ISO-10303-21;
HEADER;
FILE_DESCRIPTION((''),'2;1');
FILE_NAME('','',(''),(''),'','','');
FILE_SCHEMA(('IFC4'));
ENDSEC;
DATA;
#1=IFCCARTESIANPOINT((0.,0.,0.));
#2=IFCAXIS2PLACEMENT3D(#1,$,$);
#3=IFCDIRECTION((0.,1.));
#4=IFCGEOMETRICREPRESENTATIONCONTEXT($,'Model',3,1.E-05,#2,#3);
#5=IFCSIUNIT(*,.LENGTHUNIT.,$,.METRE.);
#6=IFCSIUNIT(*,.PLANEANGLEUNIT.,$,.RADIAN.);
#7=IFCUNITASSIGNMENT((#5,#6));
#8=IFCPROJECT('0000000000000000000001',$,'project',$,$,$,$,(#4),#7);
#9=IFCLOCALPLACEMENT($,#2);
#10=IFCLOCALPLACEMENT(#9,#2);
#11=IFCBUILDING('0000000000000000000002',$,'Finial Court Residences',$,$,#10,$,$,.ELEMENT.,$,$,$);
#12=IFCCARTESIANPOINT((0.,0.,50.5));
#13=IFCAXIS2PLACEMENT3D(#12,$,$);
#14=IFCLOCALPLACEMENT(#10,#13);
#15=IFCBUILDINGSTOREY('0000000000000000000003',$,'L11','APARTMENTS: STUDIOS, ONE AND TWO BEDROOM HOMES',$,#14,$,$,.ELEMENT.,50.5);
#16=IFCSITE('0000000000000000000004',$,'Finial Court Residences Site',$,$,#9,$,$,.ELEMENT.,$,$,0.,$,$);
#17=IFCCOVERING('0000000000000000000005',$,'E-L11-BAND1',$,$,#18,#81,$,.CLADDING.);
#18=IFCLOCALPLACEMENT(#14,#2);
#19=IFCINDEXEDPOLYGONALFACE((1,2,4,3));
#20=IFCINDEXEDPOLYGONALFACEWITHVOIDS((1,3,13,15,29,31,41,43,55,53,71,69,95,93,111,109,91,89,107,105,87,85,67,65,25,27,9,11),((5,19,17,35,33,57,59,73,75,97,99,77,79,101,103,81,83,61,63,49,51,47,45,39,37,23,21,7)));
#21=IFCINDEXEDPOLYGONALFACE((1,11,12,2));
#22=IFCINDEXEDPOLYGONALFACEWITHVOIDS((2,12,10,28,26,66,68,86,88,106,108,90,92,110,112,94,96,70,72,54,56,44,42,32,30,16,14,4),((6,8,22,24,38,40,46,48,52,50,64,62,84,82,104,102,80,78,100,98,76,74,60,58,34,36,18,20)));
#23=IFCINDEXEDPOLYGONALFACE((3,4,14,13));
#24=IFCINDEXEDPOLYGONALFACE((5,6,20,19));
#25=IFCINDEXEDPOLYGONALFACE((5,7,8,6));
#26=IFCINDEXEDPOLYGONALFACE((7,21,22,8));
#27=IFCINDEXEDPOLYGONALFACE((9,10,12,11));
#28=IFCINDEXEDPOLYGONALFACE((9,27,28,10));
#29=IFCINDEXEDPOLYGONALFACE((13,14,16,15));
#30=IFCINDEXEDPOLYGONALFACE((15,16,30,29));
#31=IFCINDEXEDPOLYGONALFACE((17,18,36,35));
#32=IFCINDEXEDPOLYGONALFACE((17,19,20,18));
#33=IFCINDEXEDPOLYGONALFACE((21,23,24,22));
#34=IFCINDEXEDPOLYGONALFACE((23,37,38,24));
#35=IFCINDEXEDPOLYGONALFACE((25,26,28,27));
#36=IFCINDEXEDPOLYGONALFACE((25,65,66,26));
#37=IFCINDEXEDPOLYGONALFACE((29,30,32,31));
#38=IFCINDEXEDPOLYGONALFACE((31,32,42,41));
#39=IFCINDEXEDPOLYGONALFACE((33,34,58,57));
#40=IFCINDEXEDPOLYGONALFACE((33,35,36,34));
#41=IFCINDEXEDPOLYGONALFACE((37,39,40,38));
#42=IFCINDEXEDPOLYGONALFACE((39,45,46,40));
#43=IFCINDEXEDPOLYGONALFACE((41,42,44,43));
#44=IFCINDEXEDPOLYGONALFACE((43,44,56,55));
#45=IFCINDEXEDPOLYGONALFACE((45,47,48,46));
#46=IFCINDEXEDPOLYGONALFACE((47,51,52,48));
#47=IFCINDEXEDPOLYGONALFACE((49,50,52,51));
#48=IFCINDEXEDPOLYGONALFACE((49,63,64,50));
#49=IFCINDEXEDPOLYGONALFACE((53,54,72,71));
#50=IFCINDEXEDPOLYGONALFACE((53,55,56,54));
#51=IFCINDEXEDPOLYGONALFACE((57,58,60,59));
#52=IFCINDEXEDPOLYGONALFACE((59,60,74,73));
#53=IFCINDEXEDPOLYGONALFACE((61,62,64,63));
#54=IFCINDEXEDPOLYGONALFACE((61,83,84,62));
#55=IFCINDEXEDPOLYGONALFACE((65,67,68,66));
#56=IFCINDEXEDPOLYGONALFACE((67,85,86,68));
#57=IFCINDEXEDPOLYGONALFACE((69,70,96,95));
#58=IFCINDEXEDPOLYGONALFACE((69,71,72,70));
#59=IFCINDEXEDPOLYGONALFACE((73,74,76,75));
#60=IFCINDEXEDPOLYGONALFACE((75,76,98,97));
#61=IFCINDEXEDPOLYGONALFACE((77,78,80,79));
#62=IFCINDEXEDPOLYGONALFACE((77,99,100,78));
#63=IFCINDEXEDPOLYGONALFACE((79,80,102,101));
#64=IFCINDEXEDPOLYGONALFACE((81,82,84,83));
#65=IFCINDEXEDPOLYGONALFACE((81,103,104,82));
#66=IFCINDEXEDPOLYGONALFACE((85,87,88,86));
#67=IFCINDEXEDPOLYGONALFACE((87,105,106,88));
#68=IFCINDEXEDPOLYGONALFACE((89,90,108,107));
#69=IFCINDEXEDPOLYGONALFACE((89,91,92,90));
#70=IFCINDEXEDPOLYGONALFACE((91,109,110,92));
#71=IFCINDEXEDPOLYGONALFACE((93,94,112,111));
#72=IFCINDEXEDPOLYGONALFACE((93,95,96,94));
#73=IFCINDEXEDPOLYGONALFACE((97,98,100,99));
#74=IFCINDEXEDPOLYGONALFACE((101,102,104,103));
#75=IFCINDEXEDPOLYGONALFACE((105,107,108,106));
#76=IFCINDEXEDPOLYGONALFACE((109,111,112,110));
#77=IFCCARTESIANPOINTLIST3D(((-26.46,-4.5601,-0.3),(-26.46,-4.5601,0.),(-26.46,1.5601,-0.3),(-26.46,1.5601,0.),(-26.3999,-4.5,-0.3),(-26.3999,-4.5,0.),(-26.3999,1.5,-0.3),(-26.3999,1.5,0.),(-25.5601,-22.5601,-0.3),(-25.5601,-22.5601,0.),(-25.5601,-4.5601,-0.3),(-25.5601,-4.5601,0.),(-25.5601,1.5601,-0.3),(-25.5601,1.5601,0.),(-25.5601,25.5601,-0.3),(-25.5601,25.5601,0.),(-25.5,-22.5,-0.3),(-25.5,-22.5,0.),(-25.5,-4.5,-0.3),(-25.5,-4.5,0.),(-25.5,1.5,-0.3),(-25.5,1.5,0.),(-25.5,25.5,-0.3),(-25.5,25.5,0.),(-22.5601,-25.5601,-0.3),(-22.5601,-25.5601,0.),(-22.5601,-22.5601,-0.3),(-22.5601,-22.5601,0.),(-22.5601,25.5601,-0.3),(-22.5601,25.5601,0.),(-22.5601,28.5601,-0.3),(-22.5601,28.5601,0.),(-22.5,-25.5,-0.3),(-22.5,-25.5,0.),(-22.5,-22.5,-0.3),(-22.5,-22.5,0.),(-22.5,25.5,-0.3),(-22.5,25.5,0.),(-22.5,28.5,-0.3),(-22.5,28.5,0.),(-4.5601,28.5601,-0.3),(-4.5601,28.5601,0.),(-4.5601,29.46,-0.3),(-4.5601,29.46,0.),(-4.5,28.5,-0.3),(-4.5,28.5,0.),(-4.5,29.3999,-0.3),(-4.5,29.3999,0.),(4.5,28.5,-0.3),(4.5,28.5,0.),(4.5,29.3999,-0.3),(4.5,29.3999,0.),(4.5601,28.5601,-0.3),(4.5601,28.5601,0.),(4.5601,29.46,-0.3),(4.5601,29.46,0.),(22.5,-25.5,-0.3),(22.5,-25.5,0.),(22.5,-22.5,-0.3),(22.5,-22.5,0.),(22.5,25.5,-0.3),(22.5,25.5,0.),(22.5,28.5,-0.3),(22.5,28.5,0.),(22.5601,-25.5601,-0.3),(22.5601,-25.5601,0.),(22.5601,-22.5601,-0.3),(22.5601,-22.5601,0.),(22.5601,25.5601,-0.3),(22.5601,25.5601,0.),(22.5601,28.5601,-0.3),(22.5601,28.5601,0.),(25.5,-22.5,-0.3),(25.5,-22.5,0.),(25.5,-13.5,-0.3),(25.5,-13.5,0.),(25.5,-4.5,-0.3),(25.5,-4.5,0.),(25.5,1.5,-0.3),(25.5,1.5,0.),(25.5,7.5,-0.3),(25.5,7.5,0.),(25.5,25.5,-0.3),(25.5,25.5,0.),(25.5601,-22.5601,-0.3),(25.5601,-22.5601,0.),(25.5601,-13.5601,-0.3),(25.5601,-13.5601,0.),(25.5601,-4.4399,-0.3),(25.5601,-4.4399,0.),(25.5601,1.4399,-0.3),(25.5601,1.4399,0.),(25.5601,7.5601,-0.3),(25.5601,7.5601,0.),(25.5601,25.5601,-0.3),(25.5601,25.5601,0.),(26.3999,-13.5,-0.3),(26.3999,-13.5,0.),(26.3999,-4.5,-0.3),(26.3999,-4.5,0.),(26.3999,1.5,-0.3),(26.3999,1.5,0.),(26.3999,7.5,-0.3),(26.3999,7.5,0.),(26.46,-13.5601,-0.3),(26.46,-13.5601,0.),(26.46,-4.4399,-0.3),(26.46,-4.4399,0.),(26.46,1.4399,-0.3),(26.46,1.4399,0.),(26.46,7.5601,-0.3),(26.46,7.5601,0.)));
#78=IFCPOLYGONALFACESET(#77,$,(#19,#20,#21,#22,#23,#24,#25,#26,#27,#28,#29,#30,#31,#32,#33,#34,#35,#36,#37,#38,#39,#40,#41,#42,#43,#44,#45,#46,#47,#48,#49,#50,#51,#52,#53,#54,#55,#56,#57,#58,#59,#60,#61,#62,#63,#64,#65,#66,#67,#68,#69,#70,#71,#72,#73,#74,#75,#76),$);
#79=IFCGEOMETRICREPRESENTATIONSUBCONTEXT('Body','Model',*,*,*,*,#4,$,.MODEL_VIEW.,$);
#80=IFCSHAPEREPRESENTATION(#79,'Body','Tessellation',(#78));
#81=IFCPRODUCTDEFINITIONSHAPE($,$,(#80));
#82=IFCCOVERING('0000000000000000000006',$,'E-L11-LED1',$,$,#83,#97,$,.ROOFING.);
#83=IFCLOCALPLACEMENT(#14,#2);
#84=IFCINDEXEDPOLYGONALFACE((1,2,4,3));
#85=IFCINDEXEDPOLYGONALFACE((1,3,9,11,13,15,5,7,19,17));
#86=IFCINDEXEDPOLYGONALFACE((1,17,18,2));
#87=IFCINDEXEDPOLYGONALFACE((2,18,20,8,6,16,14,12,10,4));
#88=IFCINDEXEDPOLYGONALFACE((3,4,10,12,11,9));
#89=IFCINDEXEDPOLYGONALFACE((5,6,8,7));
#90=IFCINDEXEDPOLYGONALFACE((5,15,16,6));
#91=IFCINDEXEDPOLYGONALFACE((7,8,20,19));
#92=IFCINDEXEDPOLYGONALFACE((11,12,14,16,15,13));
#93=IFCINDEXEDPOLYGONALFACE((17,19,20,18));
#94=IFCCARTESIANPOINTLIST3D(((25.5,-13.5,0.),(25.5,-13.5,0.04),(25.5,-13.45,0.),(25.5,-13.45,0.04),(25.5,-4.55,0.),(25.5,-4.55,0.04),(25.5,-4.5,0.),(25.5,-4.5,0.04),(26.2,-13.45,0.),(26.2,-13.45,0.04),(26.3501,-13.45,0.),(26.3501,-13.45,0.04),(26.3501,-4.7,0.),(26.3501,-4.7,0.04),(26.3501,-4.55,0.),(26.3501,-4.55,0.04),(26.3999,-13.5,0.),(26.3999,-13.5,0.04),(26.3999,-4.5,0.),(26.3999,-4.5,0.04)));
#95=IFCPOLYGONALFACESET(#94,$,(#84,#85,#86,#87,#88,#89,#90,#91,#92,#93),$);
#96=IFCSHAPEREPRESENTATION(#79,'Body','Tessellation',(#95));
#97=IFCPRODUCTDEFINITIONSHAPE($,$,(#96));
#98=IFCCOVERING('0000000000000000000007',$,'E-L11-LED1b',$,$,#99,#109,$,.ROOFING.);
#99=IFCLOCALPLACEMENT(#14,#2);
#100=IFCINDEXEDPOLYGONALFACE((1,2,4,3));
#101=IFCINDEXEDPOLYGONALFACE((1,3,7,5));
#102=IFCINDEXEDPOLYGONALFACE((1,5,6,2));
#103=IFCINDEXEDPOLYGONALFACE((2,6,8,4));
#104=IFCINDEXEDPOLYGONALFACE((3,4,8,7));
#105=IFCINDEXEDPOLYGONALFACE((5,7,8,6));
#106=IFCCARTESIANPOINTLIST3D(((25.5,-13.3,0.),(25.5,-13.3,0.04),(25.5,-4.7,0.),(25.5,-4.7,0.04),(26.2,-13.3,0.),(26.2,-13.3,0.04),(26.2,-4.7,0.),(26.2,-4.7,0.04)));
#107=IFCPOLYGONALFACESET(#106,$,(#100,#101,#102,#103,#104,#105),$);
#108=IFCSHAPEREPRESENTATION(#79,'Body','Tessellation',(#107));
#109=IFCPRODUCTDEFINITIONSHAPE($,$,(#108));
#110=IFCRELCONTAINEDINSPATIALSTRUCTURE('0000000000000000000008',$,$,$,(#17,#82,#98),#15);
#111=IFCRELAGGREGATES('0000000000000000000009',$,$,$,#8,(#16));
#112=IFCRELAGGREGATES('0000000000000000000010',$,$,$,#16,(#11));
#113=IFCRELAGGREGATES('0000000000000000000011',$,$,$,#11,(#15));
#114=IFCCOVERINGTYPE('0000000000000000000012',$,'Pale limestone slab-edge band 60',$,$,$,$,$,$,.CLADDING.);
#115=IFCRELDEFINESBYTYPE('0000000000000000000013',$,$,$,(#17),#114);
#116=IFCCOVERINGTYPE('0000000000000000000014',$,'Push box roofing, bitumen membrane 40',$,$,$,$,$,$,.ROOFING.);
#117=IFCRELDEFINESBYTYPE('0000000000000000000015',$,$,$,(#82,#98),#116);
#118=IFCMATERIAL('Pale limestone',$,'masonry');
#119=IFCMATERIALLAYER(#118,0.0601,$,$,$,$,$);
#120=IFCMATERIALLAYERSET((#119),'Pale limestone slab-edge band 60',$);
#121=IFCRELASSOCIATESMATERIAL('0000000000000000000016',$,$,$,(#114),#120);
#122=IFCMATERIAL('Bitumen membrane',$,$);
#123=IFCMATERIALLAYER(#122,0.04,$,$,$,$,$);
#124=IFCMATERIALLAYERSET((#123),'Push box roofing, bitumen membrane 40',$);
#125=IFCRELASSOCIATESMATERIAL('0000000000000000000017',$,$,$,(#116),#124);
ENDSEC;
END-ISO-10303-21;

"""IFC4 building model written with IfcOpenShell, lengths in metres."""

from ifc_helpers import new_model, si_unit, direction, frame, origin, place, context, subcontext, project, spatial, polyline, outline, extrude, material, layer, layer_set, type_object, element, save


model = new_model("IFC4")

# Units and contexts
model_context = context("Model", 3, precision=1e-05, world=origin(), true_north=direction((0.0, 1.0)))
body_context = subcontext(model_context, "Body", "Model", "MODEL_VIEW")
ifc_project = project(units=[si_unit("LENGTHUNIT", "METRE"), si_unit("PLANEANGLEUNIT", "RADIAN")], contexts=[model_context])

# Site, building, storey
site_placement = place(None, origin())
site = spatial("IfcSite", under=ifc_project, at=site_placement, Name="Finial Court Residences Site", CompositionType="ELEMENT", RefElevation=0.0)
building_placement = place(site_placement, origin())
building = spatial("IfcBuilding", under=site, at=building_placement, Name="Finial Court Residences", CompositionType="ELEMENT")
storey_placement = place(building_placement, frame((0.0, 0.0, 50.5)))
storey = spatial("IfcBuildingStorey", under=building, at=storey_placement, Name="L11", Description="APARTMENTS: STUDIOS, ONE AND TWO BEDROOM HOMES", CompositionType="ELEMENT", Elevation=50.5)

# Coverings
ifc_material_1 = material(Name="Pale limestone", Category="masonry")
ifc_layer_1 = layer(ifc_material_1, 0.0601)
ifc_layer_set_1 = layer_set([ifc_layer_1], Name="Pale limestone slab-edge band 60")
covering_type_1 = type_object("IfcCoveringType", Name="Pale limestone slab-edge band 60", PredefinedType="CLADDING", material=ifc_layer_set_1)
covering_1_placement = place(storey_placement, frame((0.0, 0.0, -0.3)))
element("IfcCovering", 1, at=covering_1_placement, inside=storey, type_object=covering_type_1, Name="E-L11-BAND1", PredefinedType="CLADDING", context=body_context, shape_type="SweptSolid", body=[
    extrude(outline(polyline([(26.46, -13.5601), (25.5601, -13.5601), (25.5601, -22.5601), (22.5601, -22.5601), (22.5601, -25.5601), (-22.5601, -25.5601), (-22.5601, -22.5601), (-25.5601, -22.5601), (-25.5601, -4.5601), (-26.46, -4.5601), (-26.46, 1.5601), (-25.5601, 1.5601), (-25.5601, 25.5601), (-22.5601, 25.5601), (-22.5601, 28.5601), (-4.5601, 28.5601), (-4.5601, 29.46), (4.5601, 29.46), (4.5601, 28.5601), (22.5601, 28.5601), (22.5601, 25.5601), (25.5601, 25.5601), (25.5601, 7.5601), (26.46, 7.5601), (26.46, 1.4399), (25.5601, 1.4399), (25.5601, -4.4399), (26.46, -4.4399), (26.46, -13.5601)]), holes=[polyline([(25.5, -4.5), (25.5, 1.5), (26.3999, 1.5), (26.3999, 7.5), (25.5, 7.5), (25.5, 25.5), (22.5, 25.5), (22.5, 28.5), (4.5, 28.5), (4.5, 29.3999), (-4.5, 29.3999), (-4.5, 28.5), (-22.5, 28.5), (-22.5, 25.5), (-25.5, 25.5), (-25.5, 1.5), (-26.3999, 1.5), (-26.3999, -4.5), (-25.5, -4.5), (-25.5, -22.5), (-22.5, -22.5), (-22.5, -25.5), (22.5, -25.5), (22.5, -22.5), (25.5, -22.5), (25.5, -13.5), (26.3999, -13.5), (26.3999, -4.5), (25.5, -4.5)])]), origin(), (0.0, 0.0, 1.0), 0.3),
])
ifc_material_2 = material(Name="Bitumen membrane")
ifc_layer_2 = layer(ifc_material_2, 0.04)
ifc_layer_set_2 = layer_set([ifc_layer_2], Name="Push box roofing, bitumen membrane 40")
covering_type_2 = type_object("IfcCoveringType", Name="Push box roofing, bitumen membrane 40", PredefinedType="ROOFING", material=ifc_layer_set_2)
covering_2_placement = place(storey_placement, origin())
element("IfcCovering", 2, at=covering_2_placement, inside=storey, type_object=covering_type_2, Name="E-L11-LED1", PredefinedType="ROOFING", context=body_context, shape_type="SweptSolid", body=[
    extrude(outline(polyline([(26.3999, -4.5), (26.3999, -13.5), (25.5, -13.5), (25.5, -13.45), (26.2, -13.45), (26.3501, -13.45), (26.3501, -4.7), (26.3501, -4.7), (26.3501, -4.55), (25.5, -4.55), (25.5, -4.5), (26.3999, -4.5)])), origin(), (0.0, 0.0, 1.0), 0.04),
])
covering_3_placement = place(storey_placement, origin())
element("IfcCovering", 3, at=covering_3_placement, inside=storey, type_object=covering_type_2, Name="E-L11-LED1b", PredefinedType="ROOFING", context=body_context, shape_type="SweptSolid", body=[
    extrude(outline(polyline([(25.5, -4.7), (26.2, -4.7), (26.2, -13.3), (25.5, -13.3), (25.5, -4.7)])), origin(), (0.0, 0.0, 1.0), 0.04),
])

save(model, "model.ifc")
